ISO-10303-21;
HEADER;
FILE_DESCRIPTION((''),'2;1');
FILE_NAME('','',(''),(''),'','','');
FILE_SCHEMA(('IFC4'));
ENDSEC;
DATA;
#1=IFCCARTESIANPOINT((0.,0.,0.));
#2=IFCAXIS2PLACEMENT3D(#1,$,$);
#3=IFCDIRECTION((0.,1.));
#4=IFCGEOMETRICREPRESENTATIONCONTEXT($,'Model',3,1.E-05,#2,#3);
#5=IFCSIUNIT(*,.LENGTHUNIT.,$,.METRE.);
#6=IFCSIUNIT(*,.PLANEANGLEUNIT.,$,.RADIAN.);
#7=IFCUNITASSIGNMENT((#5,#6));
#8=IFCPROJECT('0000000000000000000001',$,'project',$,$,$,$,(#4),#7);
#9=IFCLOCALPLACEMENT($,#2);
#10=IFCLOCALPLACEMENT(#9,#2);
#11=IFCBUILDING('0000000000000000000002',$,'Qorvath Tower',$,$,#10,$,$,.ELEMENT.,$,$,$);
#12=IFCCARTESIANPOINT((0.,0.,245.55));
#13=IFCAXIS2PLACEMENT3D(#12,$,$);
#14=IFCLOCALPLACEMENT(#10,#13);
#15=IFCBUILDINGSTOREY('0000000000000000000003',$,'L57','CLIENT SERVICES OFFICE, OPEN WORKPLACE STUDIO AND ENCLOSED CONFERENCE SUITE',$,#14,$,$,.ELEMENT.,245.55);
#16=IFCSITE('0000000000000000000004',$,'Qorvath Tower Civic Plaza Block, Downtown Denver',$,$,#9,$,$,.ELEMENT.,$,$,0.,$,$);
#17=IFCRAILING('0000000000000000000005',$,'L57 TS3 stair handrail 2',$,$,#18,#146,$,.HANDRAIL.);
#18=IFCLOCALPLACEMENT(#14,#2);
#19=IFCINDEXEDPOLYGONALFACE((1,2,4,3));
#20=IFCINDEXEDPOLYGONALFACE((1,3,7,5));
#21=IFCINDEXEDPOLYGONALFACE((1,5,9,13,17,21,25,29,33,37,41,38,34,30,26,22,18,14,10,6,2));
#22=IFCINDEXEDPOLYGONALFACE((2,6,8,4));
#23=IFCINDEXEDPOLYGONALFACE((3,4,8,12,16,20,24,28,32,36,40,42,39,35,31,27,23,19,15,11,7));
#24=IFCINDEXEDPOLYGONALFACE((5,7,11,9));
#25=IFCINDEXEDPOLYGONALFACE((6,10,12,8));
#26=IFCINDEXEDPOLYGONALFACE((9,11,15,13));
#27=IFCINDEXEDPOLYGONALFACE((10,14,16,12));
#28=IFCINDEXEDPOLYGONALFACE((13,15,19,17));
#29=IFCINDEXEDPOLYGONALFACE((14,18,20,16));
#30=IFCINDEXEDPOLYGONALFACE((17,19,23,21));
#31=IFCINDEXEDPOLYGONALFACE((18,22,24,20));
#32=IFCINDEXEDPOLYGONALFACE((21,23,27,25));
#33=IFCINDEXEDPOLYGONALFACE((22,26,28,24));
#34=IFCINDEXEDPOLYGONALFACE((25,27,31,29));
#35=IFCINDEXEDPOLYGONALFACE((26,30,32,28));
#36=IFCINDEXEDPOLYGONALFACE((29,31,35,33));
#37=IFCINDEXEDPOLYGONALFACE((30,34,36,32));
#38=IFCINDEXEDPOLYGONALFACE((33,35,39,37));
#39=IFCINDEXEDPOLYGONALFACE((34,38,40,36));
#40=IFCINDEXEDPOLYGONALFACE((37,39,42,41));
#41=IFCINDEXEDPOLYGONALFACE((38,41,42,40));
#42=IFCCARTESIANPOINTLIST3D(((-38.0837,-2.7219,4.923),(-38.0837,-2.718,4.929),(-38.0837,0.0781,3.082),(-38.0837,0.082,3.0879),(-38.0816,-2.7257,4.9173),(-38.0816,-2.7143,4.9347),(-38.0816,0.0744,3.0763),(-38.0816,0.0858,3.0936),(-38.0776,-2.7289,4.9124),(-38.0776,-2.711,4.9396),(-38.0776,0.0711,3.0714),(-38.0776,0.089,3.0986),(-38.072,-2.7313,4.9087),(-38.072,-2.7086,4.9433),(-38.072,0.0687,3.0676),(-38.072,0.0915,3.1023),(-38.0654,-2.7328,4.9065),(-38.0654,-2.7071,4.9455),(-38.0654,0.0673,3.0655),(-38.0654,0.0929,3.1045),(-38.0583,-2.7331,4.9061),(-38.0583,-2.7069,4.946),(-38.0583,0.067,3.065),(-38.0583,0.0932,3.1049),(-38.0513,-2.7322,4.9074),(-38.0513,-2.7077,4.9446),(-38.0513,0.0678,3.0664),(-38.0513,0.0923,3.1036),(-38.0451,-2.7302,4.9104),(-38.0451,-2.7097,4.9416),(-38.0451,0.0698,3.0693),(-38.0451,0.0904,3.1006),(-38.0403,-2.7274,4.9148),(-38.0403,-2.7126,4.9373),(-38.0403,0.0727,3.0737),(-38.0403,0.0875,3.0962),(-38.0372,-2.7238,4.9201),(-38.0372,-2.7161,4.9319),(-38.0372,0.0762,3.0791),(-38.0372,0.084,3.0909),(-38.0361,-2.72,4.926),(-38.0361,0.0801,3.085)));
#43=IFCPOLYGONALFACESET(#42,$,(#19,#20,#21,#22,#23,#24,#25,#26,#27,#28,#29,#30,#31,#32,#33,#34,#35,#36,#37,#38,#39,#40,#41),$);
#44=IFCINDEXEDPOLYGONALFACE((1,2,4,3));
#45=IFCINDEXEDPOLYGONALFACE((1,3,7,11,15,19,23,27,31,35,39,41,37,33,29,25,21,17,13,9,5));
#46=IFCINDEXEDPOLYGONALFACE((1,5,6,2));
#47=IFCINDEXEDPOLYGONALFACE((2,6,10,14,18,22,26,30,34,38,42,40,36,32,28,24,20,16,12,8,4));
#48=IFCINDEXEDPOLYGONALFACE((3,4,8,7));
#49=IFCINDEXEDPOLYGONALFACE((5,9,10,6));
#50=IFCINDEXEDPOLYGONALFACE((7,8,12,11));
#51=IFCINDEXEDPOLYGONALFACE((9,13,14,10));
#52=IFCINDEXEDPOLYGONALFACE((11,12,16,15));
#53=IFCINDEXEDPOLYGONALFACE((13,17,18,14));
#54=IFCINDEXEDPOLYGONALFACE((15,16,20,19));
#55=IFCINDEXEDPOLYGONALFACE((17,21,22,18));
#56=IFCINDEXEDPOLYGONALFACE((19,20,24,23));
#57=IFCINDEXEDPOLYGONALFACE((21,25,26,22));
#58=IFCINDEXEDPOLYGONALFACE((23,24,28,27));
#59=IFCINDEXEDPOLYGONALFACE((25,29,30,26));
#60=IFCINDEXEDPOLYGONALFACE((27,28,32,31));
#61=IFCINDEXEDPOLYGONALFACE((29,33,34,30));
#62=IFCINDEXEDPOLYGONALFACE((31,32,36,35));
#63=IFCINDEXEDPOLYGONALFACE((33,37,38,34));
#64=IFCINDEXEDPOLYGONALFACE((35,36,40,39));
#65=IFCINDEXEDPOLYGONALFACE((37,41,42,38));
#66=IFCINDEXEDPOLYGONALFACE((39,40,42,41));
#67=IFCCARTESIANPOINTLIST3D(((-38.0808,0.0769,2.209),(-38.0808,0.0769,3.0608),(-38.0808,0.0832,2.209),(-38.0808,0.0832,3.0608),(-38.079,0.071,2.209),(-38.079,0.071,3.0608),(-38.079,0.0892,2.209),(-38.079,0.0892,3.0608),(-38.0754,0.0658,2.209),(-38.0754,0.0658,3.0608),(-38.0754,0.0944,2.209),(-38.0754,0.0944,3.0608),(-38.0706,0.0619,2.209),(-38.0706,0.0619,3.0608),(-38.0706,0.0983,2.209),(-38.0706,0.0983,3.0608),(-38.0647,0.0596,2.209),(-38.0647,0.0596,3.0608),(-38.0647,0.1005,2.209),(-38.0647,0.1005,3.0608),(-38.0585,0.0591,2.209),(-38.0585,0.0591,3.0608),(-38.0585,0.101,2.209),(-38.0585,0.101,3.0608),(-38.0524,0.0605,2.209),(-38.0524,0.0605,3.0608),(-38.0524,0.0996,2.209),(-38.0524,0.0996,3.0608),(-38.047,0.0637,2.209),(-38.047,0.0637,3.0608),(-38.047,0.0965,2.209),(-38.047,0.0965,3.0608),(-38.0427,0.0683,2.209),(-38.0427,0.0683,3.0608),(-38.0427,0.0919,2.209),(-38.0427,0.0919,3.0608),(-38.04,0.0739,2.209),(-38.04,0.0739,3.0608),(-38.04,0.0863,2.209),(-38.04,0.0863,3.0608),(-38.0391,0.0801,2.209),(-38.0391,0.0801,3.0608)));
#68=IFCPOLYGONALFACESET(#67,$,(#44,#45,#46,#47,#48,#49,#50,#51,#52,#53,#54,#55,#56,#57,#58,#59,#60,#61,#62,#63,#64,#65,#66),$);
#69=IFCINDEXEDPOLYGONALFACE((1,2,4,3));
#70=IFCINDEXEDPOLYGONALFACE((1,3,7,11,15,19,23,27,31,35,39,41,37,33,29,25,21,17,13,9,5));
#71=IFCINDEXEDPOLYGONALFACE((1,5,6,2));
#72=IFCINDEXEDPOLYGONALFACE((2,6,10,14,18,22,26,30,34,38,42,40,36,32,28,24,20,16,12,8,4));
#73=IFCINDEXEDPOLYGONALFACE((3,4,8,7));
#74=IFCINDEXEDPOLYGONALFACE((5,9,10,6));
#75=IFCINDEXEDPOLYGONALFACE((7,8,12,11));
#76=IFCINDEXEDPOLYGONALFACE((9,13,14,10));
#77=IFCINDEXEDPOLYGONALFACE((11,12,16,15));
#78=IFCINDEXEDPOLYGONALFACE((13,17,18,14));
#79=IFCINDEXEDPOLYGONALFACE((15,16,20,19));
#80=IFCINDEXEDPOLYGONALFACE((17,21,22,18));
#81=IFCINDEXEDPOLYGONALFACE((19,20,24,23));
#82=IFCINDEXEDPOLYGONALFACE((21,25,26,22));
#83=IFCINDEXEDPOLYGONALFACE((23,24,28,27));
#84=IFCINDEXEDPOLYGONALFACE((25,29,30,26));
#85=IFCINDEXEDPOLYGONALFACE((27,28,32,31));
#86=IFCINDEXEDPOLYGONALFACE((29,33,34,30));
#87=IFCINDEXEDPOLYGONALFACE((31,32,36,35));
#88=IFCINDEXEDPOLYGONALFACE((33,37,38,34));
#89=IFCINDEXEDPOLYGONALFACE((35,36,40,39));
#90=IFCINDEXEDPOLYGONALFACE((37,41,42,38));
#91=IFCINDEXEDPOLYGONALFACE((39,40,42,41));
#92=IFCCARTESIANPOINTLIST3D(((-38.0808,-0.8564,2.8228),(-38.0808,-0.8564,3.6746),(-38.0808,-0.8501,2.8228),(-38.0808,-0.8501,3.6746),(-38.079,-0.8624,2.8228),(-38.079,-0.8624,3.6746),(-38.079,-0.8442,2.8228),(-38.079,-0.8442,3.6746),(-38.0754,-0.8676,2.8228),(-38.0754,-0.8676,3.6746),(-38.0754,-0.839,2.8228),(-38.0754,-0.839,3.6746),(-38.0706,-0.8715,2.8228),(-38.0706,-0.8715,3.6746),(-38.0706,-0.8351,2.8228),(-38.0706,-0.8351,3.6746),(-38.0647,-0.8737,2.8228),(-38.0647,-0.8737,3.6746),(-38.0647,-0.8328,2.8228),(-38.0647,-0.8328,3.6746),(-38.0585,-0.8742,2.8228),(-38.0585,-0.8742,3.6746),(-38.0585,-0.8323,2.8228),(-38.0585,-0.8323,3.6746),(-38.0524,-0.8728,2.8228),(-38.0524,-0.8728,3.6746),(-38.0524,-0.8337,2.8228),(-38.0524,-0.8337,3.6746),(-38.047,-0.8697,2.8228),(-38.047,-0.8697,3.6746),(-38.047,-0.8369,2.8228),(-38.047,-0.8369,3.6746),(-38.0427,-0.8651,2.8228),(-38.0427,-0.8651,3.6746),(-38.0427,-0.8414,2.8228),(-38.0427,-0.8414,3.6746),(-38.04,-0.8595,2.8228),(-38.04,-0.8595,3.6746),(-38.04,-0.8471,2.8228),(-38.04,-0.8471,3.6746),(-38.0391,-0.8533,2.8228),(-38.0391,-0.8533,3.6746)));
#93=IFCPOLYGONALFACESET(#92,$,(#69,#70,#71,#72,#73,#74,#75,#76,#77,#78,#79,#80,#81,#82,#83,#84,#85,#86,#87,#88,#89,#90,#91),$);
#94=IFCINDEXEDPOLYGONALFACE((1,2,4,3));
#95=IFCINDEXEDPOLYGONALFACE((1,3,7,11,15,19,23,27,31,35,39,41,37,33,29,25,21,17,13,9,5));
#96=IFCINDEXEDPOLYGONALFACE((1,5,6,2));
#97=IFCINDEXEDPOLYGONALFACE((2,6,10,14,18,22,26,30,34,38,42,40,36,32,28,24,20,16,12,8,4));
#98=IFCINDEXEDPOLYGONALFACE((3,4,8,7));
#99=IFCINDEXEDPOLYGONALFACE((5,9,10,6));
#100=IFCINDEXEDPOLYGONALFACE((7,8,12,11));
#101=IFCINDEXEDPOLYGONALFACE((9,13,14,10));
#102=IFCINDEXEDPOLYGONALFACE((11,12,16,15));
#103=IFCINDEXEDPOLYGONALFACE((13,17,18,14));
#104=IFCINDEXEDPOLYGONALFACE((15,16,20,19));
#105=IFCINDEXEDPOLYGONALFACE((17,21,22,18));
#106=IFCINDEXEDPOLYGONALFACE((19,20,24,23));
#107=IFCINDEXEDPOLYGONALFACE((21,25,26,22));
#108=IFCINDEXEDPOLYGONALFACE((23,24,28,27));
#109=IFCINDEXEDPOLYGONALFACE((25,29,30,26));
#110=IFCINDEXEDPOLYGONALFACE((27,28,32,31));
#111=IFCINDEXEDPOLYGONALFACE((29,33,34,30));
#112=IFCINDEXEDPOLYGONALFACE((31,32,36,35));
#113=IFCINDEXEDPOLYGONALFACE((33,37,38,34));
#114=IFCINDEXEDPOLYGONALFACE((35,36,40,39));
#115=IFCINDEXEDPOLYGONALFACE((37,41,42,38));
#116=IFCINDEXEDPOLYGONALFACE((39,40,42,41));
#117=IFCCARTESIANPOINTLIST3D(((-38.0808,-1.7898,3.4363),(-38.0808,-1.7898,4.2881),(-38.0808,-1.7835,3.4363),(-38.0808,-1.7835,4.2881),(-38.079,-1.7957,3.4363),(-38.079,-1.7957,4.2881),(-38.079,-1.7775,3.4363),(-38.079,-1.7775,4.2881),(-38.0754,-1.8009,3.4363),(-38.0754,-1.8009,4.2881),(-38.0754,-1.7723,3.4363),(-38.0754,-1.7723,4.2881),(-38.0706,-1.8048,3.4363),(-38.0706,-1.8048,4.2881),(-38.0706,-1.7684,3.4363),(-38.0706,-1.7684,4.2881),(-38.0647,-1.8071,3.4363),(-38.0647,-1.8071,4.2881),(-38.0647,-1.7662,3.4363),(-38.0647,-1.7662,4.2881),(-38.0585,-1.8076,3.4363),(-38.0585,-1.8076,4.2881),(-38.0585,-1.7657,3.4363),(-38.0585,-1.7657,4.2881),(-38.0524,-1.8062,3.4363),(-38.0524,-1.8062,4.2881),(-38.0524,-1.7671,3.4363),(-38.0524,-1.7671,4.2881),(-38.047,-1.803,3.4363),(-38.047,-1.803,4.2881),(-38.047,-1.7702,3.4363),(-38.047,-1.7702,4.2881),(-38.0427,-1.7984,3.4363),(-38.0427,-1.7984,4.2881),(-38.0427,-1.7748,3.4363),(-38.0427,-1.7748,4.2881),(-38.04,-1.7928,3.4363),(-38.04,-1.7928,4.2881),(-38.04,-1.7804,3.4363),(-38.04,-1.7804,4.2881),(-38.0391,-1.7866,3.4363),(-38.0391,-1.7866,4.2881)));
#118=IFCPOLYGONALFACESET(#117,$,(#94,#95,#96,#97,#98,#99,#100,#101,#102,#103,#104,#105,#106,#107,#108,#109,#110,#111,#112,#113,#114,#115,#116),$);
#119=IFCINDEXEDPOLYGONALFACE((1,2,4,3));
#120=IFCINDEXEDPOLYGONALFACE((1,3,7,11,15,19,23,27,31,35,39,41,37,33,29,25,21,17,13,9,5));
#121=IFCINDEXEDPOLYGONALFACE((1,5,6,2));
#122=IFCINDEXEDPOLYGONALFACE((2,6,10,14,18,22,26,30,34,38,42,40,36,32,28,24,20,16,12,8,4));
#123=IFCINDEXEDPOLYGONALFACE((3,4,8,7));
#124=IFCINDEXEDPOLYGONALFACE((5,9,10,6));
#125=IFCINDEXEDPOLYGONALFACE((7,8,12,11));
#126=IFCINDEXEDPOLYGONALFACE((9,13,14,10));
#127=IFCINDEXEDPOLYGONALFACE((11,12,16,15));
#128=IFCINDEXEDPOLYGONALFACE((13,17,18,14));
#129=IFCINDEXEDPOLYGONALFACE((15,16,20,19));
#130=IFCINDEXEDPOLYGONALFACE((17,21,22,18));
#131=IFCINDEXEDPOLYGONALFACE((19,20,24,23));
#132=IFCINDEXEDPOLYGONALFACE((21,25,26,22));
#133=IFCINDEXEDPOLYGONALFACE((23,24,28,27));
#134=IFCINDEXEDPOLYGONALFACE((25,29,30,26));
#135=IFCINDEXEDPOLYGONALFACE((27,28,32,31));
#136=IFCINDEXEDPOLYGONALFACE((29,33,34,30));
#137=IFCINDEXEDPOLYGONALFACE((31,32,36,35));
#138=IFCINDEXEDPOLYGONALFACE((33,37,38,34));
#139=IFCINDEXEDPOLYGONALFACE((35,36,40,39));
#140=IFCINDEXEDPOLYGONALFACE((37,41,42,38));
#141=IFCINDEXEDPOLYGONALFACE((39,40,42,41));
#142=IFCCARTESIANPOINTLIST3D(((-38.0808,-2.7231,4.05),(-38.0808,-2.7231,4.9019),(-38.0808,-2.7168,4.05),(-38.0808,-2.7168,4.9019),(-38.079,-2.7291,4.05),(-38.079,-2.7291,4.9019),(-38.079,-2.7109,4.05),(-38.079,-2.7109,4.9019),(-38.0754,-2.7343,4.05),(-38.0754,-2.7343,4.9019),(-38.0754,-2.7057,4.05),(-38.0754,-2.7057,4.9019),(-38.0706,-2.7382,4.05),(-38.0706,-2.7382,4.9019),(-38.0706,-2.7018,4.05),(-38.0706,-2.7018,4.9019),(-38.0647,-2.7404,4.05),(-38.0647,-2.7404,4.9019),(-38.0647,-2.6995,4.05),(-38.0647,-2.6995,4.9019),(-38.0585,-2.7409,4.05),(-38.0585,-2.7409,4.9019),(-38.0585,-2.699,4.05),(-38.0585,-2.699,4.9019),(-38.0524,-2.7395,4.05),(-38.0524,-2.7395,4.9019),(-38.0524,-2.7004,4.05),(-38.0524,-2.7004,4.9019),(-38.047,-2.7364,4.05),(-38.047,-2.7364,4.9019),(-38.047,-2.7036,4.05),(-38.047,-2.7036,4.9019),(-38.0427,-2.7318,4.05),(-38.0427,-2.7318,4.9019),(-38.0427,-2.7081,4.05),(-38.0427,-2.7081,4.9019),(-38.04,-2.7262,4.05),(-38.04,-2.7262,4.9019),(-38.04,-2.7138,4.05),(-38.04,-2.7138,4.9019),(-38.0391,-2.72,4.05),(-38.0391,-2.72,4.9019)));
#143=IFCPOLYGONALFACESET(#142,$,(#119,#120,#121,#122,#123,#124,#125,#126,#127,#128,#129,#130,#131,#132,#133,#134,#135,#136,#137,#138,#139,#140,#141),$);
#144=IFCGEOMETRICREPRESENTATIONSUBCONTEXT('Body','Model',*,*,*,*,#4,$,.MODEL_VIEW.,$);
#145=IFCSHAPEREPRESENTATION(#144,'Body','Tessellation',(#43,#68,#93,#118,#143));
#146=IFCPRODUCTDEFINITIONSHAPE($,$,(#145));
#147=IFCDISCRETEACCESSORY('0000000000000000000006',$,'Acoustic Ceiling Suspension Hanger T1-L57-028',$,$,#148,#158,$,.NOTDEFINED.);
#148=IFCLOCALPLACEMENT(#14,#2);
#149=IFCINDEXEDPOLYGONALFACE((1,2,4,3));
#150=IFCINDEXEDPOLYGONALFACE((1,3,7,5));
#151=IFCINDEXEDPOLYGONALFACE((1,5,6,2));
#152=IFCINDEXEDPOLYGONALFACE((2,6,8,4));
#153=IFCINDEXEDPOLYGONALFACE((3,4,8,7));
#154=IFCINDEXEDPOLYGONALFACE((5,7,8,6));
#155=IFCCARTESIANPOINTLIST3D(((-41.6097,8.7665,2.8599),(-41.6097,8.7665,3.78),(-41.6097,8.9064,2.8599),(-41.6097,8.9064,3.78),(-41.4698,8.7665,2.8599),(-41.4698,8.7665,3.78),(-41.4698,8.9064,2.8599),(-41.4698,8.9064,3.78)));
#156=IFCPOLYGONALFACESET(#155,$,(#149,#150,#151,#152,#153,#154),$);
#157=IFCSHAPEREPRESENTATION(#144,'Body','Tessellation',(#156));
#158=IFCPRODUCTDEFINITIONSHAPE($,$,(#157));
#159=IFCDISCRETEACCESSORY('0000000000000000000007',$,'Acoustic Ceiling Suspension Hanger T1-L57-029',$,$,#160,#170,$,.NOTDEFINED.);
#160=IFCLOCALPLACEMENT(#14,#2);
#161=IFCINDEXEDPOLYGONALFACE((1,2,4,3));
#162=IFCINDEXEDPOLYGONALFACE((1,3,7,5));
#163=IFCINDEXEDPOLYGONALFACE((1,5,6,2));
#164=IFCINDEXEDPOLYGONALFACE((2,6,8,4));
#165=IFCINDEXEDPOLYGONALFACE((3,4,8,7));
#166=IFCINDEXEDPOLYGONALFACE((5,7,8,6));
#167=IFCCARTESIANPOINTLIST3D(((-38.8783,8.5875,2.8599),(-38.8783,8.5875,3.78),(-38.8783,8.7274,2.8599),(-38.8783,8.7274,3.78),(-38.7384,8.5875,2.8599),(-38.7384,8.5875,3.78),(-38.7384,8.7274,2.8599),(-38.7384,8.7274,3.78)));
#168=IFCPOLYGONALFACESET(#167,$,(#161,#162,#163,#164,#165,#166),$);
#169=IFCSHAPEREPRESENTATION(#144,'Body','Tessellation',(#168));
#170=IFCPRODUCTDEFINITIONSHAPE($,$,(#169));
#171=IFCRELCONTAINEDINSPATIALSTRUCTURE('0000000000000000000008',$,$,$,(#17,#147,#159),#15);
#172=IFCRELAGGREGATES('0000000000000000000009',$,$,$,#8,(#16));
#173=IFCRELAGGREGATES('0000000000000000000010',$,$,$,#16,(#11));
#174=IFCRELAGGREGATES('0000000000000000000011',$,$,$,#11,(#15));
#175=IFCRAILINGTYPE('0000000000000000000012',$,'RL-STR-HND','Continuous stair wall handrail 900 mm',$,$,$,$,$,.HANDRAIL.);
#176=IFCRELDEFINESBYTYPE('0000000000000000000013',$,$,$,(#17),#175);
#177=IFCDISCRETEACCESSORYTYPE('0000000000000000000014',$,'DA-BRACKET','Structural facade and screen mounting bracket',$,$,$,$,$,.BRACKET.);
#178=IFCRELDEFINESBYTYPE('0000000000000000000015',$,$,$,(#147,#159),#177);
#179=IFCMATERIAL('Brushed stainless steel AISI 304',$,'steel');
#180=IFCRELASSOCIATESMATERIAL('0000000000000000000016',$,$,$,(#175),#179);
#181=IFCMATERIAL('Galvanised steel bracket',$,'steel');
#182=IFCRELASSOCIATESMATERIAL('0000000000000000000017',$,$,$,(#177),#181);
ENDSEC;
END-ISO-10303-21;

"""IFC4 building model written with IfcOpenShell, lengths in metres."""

from ifc_helpers import new_model, si_unit, direction, frame, origin, origin_2d, place, context, subcontext, project, spatial, rectangle, circle, extrude, material, type_object, element, save


model = new_model("IFC4")

# Units and contexts
model_context = context("Model", 3, precision=1e-05, world=origin(), true_north=direction((0.0, 1.0)))
body_context = subcontext(model_context, "Body", "Model", "MODEL_VIEW")
ifc_project = project(units=[si_unit("LENGTHUNIT", "METRE"), si_unit("PLANEANGLEUNIT", "RADIAN")], contexts=[model_context])

# Site, building, storey
site_placement = place(None, origin())
site = spatial("IfcSite", under=ifc_project, at=site_placement, Name="Qorvath Tower Civic Plaza Block, Downtown Denver", CompositionType="ELEMENT", RefElevation=0.0)
building_placement = place(site_placement, origin())
building = spatial("IfcBuilding", under=site, at=building_placement, Name="Qorvath Tower", CompositionType="ELEMENT")
storey_placement = place(building_placement, frame((0.0, 0.0, 245.55)))
storey = spatial("IfcBuildingStorey", under=building, at=storey_placement, Name="L57", Description="CLIENT SERVICES OFFICE, OPEN WORKPLACE STUDIO AND ENCLOSED CONFERENCE SUITE", CompositionType="ELEMENT", Elevation=245.55)

# Railing
ifc_material_1 = material(Name="Brushed stainless steel AISI 304", Category="steel")
railing_type_1 = type_object("IfcRailingType", Name="RL-STR-HND", Description="Continuous stair wall handrail 900 mm", PredefinedType="HANDRAIL", material=ifc_material_1)
railing_1_placement = place(storey_placement, frame((-38.0601, 0.0801, 2.209)))
element("IfcRailing", 1, at=railing_1_placement, inside=storey, type_object=railing_type_1, Name="L57 TS3 stair handrail 2", PredefinedType="HANDRAIL", context=body_context, shape_type="SweptSolid", body=[
    extrude(circle(Radius=0.0239, at=origin_2d()), frame((0.0, 0.0, 0.876), z_axis=(0.0, -0.835564, 0.549393), x_axis=(1.0, 0.0, 0.0)), (0.0, 0.0, 1.0), 3.3511),
    extrude(circle(Radius=0.021, at=origin_2d()), origin(), (0.0, 0.0, 1.0), 0.8518),
    extrude(circle(Radius=0.021, at=origin_2d()), frame((0.0, -0.9333, 0.6138)), (0.0, 0.0, 1.0), 0.8518),
    extrude(circle(Radius=0.021, at=origin_2d()), frame((0.0, -1.8667, 1.2273)), (0.0, 0.0, 1.0), 0.8518),
    extrude(circle(Radius=0.021, at=origin_2d()), frame((0.0, -2.8, 1.8411)), (0.0, 0.0, 1.0), 0.8518),
])

# Discrete accessories
ifc_material_2 = material(Name="Galvanised steel bracket", Category="steel")
discrete_accessory_type = type_object("IfcDiscreteAccessoryType", Name="DA-BRACKET", Description="Structural facade and screen mounting bracket", PredefinedType="BRACKET", material=ifc_material_2)
for number, where, z_axis, x_axis, name in (
    (2, (-41.5398, 8.8364, 2.8599), (0.0, 0.0, 1.0), (1.0, 0.0, 0.0), "Acoustic Ceiling Suspension Hanger T1-L57-028"),
    (3, (-38.8083, 8.6575, 2.8599), (0.0, 0.0, 1.0), (1.0, 0.0, 0.0), "Acoustic Ceiling Suspension Hanger T1-L57-029"),
):
    element("IfcDiscreteAccessory", number, at=place(storey_placement, frame(where, z_axis=z_axis, x_axis=x_axis)), inside=storey, type_object=discrete_accessory_type, Name=name, PredefinedType="NOTDEFINED", context=body_context, shape_type="SweptSolid", body=[
        extrude(rectangle(XDim=0.1399, YDim=0.1399, at=origin_2d()), origin(), (0.0, 0.0, 1.0), 0.9202),
    ])

save(model, "model.ifc")
